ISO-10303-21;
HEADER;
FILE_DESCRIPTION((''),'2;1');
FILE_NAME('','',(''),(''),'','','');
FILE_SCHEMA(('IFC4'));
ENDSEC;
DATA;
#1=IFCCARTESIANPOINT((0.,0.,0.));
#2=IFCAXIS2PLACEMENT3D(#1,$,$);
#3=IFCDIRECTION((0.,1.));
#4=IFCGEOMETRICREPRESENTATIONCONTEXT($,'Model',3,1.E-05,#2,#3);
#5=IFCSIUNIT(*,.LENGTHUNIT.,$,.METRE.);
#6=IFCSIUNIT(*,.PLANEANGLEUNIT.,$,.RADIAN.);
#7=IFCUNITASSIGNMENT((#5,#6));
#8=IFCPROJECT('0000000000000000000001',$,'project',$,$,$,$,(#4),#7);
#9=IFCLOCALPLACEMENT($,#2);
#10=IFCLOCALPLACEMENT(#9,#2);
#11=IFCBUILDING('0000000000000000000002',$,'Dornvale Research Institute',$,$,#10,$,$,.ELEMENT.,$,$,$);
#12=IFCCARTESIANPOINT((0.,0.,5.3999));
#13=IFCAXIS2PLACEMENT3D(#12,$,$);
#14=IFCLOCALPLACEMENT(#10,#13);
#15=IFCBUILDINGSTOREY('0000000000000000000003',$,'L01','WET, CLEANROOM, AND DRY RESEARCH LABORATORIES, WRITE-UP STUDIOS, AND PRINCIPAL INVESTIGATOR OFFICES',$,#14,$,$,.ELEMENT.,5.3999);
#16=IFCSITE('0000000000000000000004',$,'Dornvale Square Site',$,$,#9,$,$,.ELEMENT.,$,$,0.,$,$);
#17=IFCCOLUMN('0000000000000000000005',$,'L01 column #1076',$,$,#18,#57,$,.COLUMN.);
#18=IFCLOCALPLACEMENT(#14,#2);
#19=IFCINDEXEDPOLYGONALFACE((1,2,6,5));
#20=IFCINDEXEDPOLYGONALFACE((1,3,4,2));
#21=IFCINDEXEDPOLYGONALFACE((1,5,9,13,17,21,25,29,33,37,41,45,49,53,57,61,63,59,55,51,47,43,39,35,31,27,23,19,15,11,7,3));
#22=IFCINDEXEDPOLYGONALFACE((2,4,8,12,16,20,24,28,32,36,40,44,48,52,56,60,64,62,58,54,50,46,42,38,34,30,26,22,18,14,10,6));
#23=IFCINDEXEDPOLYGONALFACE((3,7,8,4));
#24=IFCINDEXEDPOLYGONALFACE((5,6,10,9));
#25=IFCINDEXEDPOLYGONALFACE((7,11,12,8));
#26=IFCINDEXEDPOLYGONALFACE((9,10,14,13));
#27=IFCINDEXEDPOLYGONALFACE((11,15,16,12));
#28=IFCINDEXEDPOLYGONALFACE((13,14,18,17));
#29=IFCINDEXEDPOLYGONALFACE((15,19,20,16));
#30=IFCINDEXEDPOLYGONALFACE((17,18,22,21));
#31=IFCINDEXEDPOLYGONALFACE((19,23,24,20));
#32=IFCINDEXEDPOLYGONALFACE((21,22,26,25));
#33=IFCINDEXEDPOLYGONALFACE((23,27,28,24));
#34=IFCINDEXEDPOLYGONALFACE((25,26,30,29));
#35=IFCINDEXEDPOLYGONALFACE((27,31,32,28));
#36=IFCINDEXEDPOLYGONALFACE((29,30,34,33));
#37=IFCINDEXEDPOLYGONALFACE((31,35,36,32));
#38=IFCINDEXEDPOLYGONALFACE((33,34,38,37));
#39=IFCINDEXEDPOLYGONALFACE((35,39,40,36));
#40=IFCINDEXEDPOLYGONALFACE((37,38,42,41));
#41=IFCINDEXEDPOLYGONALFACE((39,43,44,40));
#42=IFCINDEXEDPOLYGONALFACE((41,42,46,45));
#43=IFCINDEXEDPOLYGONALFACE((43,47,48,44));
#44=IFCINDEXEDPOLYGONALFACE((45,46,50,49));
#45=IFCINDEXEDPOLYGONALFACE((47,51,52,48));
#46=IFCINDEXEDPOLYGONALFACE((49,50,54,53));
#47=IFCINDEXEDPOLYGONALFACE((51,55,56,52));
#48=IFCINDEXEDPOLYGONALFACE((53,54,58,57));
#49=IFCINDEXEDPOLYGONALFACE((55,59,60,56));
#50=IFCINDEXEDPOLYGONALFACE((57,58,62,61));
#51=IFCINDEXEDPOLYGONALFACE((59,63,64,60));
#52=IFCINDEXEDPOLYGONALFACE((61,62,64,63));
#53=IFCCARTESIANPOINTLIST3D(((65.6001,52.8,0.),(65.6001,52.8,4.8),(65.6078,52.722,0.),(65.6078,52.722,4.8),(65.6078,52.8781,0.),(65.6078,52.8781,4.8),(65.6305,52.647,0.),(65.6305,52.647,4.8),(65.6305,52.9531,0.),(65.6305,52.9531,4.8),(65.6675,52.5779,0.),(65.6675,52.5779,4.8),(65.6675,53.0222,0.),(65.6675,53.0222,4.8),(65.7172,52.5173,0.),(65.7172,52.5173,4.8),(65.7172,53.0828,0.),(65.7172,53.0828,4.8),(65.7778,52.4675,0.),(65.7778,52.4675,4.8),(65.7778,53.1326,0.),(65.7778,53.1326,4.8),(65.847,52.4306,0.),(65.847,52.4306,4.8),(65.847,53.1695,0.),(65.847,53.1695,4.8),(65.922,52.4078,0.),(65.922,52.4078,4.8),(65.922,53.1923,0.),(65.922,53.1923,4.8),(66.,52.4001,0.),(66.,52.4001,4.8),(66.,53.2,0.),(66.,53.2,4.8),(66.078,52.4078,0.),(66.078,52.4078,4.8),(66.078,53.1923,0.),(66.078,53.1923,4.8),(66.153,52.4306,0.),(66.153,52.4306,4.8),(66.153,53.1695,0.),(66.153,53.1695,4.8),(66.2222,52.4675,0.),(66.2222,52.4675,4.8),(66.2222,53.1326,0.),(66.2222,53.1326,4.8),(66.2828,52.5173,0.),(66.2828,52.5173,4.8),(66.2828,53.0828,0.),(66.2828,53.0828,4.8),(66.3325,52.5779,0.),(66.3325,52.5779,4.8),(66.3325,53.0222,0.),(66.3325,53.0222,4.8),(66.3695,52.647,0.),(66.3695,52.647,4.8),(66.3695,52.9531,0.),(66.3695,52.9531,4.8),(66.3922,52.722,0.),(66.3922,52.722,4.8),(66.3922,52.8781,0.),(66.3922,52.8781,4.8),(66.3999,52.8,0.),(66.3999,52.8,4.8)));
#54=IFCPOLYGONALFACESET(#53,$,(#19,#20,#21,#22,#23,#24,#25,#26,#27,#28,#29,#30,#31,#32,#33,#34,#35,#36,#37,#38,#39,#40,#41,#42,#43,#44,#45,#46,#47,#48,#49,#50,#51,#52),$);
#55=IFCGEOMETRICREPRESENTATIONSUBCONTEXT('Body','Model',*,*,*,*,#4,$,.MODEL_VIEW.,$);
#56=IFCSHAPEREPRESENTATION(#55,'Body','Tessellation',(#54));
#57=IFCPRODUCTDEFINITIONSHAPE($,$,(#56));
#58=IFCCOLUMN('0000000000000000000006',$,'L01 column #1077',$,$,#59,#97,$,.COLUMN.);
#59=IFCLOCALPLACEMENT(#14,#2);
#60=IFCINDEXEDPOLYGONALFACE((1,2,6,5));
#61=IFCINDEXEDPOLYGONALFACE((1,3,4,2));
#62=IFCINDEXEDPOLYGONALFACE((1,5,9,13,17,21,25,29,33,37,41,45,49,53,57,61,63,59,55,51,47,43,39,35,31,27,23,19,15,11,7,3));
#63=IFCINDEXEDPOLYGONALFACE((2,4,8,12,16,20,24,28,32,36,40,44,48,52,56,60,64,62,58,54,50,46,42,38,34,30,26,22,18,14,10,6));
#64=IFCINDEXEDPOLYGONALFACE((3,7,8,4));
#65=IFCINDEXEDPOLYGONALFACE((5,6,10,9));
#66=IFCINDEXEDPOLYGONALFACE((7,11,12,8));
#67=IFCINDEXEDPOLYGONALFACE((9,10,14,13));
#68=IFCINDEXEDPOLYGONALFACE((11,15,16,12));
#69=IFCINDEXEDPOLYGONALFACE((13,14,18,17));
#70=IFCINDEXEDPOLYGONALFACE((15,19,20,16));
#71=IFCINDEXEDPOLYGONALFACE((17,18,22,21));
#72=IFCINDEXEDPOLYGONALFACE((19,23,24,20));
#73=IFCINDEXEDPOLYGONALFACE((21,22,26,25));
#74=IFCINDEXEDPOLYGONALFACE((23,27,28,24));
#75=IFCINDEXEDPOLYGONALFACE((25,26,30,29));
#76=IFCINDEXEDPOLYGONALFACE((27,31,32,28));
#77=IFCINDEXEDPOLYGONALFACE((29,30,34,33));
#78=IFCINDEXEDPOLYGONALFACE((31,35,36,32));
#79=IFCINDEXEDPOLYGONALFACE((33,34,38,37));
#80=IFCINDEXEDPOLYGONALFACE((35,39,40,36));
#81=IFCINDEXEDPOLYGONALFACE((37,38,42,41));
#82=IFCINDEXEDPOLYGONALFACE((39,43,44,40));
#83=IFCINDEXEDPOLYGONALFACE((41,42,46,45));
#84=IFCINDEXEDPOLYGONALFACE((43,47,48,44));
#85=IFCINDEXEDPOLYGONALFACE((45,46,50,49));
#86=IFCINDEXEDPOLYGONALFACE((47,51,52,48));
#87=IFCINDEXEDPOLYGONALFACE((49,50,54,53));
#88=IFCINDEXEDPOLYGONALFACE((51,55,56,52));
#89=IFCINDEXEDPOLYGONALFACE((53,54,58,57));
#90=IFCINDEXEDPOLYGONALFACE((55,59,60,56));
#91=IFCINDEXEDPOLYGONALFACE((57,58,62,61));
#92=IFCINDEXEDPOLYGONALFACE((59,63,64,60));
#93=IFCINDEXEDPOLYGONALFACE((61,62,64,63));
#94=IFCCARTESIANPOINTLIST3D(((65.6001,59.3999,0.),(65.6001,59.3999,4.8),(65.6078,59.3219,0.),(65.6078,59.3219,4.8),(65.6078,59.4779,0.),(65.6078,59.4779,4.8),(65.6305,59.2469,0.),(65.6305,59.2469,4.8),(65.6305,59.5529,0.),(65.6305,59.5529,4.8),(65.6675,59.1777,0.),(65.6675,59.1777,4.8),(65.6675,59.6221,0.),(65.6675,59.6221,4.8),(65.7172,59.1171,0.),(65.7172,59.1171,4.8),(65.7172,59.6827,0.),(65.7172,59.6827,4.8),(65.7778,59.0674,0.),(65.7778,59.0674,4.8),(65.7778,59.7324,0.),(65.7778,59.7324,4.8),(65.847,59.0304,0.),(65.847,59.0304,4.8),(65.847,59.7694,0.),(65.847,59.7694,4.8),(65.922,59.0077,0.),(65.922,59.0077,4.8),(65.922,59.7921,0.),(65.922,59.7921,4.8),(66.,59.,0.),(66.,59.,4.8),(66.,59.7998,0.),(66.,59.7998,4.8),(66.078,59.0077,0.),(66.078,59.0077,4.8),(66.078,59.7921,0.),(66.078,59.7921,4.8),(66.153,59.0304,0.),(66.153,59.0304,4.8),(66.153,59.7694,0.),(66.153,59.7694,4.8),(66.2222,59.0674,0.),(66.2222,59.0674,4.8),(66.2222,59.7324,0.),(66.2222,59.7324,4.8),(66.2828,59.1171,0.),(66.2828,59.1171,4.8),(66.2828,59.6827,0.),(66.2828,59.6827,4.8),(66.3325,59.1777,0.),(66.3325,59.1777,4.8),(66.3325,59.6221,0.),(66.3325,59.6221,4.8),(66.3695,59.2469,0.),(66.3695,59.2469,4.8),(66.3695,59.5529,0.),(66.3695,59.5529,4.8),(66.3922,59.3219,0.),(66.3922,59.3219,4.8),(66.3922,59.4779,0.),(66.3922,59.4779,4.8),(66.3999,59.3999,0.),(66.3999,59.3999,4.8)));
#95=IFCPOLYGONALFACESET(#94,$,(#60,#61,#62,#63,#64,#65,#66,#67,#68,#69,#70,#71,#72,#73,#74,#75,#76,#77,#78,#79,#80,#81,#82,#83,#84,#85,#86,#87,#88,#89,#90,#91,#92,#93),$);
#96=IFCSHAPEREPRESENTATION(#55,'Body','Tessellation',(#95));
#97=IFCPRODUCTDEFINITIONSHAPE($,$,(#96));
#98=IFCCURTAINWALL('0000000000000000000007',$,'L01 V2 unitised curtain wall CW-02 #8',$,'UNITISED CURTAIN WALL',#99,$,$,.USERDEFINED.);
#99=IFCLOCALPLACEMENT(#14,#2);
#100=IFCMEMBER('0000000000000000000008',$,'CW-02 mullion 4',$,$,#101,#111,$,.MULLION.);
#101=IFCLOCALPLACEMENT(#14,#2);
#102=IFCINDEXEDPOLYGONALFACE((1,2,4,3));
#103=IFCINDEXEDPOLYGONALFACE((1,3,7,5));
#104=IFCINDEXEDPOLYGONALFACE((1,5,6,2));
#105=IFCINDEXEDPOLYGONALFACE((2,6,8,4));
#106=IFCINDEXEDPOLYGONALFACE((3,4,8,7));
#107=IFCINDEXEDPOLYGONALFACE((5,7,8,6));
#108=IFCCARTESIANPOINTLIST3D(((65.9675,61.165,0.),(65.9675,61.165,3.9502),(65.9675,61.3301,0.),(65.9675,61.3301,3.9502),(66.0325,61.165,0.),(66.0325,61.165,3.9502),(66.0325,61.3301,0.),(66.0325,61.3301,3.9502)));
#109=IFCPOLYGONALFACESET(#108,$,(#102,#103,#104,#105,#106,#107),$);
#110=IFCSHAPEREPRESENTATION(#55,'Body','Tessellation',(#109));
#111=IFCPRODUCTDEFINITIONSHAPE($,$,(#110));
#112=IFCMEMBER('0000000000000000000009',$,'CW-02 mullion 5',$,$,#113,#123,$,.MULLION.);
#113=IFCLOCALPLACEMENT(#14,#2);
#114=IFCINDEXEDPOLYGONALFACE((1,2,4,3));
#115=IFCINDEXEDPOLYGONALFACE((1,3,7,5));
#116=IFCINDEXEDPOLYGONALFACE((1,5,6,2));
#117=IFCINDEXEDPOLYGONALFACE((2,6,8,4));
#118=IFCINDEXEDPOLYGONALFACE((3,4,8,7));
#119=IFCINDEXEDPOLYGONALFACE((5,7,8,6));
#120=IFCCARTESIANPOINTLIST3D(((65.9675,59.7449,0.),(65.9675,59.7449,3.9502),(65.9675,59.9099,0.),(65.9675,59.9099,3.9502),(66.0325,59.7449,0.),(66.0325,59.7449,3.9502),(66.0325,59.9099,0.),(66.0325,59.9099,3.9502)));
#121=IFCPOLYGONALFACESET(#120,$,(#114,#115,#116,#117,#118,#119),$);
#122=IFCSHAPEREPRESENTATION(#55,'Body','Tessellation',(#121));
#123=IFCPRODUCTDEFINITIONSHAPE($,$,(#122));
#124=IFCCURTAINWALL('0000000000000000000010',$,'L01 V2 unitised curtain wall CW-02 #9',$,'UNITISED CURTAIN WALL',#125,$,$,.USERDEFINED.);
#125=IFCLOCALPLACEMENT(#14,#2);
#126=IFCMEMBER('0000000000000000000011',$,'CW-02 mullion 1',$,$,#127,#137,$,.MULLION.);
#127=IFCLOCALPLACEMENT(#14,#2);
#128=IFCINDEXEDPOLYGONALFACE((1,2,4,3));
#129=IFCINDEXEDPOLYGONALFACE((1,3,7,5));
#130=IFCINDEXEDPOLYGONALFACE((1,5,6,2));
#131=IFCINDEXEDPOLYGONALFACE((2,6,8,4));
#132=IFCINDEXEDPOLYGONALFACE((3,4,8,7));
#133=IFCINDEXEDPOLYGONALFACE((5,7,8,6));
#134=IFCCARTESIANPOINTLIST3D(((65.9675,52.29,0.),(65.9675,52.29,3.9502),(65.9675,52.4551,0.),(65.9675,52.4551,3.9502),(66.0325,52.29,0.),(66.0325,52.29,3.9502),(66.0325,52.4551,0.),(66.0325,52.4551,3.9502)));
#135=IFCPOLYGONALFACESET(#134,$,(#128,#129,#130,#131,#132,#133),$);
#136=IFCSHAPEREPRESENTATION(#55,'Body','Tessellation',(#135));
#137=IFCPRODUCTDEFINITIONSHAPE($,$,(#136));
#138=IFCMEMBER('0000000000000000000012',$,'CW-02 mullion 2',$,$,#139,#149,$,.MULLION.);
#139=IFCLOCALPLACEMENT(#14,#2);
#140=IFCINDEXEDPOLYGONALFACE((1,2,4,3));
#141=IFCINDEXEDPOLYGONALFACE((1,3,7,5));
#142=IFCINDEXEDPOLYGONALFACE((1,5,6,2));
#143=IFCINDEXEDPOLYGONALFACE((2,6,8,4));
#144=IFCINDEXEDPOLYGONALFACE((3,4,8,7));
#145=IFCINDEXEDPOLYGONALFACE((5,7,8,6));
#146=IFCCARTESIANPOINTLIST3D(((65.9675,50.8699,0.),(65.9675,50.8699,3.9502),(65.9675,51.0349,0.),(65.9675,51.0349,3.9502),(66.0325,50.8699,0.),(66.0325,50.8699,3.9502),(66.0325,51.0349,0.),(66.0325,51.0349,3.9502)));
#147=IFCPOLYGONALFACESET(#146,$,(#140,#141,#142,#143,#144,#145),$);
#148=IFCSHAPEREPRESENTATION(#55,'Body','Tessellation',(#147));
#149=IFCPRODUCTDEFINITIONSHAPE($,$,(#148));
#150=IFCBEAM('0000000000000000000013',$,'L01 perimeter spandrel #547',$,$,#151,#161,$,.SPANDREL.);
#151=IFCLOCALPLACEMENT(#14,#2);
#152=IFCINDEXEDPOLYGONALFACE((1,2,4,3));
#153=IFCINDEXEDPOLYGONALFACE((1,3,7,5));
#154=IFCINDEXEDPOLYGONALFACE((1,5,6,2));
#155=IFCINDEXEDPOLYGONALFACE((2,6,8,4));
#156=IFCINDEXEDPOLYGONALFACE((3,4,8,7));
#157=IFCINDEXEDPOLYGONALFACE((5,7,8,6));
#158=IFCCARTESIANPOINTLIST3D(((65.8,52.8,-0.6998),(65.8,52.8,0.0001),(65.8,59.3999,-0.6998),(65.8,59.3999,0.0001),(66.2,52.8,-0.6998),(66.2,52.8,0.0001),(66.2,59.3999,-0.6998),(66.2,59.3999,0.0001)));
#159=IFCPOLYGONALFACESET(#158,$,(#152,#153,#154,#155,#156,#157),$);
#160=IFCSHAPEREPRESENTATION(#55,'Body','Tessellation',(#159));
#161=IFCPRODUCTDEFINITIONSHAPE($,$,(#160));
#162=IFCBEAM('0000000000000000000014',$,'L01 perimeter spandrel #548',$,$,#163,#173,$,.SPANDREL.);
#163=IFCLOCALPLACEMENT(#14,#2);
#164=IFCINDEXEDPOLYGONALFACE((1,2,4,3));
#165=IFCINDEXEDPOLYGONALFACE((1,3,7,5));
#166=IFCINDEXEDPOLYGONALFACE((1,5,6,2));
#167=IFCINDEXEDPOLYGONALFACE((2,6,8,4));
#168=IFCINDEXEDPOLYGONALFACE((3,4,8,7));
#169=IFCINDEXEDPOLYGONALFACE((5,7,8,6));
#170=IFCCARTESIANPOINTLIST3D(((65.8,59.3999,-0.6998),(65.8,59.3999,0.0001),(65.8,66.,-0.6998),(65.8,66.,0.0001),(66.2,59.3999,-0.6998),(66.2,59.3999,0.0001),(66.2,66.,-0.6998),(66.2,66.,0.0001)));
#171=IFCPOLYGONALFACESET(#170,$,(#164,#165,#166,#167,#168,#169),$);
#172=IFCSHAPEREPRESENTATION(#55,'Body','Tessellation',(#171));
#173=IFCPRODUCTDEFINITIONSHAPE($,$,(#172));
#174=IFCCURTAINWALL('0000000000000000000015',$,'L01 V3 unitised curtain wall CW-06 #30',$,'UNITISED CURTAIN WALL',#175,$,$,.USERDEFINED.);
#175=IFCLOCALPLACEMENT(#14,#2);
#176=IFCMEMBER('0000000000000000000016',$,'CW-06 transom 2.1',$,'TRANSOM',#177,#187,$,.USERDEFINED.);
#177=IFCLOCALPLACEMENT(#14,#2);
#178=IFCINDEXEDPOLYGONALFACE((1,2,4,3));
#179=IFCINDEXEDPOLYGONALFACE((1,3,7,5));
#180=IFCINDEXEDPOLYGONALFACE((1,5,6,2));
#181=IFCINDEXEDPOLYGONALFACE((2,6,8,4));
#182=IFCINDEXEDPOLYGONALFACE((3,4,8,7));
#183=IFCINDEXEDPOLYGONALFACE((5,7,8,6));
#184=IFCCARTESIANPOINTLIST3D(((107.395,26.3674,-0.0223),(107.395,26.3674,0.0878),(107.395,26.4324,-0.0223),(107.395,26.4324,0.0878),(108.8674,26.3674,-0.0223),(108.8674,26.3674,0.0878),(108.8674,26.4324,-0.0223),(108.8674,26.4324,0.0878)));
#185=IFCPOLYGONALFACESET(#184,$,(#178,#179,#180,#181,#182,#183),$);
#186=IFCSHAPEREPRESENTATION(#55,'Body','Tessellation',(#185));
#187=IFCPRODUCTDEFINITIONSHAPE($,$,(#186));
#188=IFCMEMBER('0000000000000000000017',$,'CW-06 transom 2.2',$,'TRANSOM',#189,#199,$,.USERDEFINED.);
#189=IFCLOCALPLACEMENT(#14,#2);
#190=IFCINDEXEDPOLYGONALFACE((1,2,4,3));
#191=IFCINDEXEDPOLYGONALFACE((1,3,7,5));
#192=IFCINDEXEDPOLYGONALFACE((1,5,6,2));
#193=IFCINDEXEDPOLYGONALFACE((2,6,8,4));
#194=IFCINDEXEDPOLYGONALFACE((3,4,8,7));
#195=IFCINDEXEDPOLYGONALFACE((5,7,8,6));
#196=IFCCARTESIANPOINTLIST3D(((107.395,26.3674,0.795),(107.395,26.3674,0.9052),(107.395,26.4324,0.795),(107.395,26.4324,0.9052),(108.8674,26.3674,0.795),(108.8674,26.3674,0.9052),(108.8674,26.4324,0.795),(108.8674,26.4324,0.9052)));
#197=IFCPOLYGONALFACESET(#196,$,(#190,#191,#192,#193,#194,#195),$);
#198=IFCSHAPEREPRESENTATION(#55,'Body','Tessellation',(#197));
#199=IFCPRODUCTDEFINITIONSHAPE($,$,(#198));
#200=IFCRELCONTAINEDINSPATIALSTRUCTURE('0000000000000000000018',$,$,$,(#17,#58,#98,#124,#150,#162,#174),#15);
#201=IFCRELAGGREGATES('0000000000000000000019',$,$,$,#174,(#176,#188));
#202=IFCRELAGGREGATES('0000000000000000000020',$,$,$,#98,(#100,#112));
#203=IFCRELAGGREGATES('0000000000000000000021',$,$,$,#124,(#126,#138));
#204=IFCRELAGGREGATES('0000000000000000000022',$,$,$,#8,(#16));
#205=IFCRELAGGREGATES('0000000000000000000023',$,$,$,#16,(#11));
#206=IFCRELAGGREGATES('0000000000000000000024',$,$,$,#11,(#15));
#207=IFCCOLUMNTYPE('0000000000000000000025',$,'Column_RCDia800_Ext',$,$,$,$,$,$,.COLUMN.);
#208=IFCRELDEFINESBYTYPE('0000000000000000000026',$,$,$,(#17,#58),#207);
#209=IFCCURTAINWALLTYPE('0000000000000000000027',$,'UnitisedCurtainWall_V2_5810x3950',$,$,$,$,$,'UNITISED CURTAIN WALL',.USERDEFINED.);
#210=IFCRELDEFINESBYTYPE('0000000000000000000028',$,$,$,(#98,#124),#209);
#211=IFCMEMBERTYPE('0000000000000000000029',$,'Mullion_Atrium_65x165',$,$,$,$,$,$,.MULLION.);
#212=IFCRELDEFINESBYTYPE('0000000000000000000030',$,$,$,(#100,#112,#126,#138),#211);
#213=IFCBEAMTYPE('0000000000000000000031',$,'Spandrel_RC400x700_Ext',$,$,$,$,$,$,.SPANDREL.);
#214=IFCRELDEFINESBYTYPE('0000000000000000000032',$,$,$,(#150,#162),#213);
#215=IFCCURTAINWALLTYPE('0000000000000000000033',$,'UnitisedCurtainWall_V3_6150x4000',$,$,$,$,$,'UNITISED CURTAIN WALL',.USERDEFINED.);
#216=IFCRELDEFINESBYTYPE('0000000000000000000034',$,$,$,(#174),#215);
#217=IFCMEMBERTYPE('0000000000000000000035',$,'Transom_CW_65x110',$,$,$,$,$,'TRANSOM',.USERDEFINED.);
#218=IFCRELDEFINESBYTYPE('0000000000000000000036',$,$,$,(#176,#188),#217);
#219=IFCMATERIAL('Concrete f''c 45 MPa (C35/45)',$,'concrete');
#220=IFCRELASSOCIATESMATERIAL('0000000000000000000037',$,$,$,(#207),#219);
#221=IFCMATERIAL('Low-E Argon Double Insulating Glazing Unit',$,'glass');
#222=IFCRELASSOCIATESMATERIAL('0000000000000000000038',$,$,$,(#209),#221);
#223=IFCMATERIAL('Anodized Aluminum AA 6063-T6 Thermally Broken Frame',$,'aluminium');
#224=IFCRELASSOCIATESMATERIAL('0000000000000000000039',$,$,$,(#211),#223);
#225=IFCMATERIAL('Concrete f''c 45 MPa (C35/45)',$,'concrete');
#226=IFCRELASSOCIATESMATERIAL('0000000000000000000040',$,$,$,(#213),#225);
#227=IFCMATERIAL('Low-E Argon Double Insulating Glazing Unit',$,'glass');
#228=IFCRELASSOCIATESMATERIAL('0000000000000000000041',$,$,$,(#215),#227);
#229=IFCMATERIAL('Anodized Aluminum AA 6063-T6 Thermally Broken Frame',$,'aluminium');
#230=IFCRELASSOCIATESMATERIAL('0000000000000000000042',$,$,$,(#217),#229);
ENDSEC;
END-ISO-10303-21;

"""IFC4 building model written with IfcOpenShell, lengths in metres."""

from ifc_helpers import new_model, si_unit, direction, frame, origin, origin_2d, place, context, subcontext, project, spatial, rectangle, circle, extrude, material, material_profile, profile_set, type_object, element, aggregate, save


model = new_model("IFC4")

# Units and contexts
model_context = context("Model", 3, precision=1e-05, world=origin(), true_north=direction((0.0, 1.0)))
body_context = subcontext(model_context, "Body", "Model", "MODEL_VIEW")
ifc_project = project(units=[si_unit("LENGTHUNIT", "METRE"), si_unit("PLANEANGLEUNIT", "RADIAN")], contexts=[model_context])

# Site, building, storey
site_placement = place(None, origin())
site = spatial("IfcSite", under=ifc_project, at=site_placement, Name="Dornvale Square Site", CompositionType="ELEMENT", RefElevation=0.0)
building_placement = place(site_placement, origin())
building = spatial("IfcBuilding", under=site, at=building_placement, Name="Dornvale Research Institute", CompositionType="ELEMENT")
storey_placement = place(building_placement, frame((0.0, 0.0, 5.3999)))
storey = spatial("IfcBuildingStorey", under=building, at=storey_placement, Name="L01", Description="WET, CLEANROOM, AND DRY RESEARCH LABORATORIES, WRITE-UP STUDIOS, AND PRINCIPAL INVESTIGATOR OFFICES", CompositionType="ELEMENT", Elevation=5.3999)

# Columns
ifc_material_1 = material(Name="Concrete f'c 45 MPa (C35/45)", Category="concrete")
ifc_material_profile_1 = material_profile(ifc_material_1, circle(Radius=0.3999, at=origin_2d()), Name="RC DIA 800")
ifc_profile_set_1 = profile_set([ifc_material_profile_1], Name="Concrete f'c 45 MPa (C35/45)")
column_type = type_object("IfcColumnType", Name="Column_RCDia800_Ext", PredefinedType="COLUMN", material=ifc_profile_set_1)
for number, where, z_axis, x_axis, name in (
    (1, (66.0, 52.8, 0.0), (0.0, 0.0, 1.0), (1.0, 0.0, 0.0), "L01 column #1076"),
    (2, (66.0, 59.3999, 0.0), (0.0, 0.0, 1.0), (1.0, 0.0, 0.0), "L01 column #1077"),
):
    element("IfcColumn", number, at=place(storey_placement, frame(where, z_axis=z_axis, x_axis=x_axis)), inside=storey, type_object=column_type, Name=name, PredefinedType="COLUMN", context=body_context, shape_type="SweptSolid", body=[
        extrude(circle(Radius=0.3999, at=origin_2d()), origin(), (0.0, 0.0, 1.0), 4.8),
    ])

# Curtain walls, members
ifc_material_2 = material(Name="Low-E Argon Double Insulating Glazing Unit", Category="glass")
curtain_wall_type_1 = type_object("IfcCurtainWallType", Name="UnitisedCurtainWall_V2_5810x3950", ElementType="UNITISED CURTAIN WALL", PredefinedType="USERDEFINED", material=ifc_material_2)
curtain_wall_1_placement = place(storey_placement, origin())
curtain_wall_1 = element("IfcCurtainWall", 3, at=curtain_wall_1_placement, inside=storey, type_object=curtain_wall_type_1, Name="L01 V2 unitised curtain wall CW-02 #8", ObjectType="UNITISED CURTAIN WALL", PredefinedType="USERDEFINED")
ifc_material_3 = material(Name="Anodized Aluminum AA 6063-T6 Thermally Broken Frame", Category="aluminium")
ifc_material_profile_2 = material_profile(ifc_material_3, rectangle(XDim=0.0649, YDim=0.165, at=origin_2d()), Name="ALU MULLION 65x165")
ifc_profile_set_2 = profile_set([ifc_material_profile_2], Name="Anodized Aluminum AA 6063-T6 Thermally Broken Frame")
member_type_1 = type_object("IfcMemberType", Name="Mullion_Atrium_65x165", PredefinedType="MULLION", material=ifc_profile_set_2)
member_1_placement = place(storey_placement, frame((66.0, 61.2476, 0.0), z_axis=(0.0, 0.0, 1.0), x_axis=(1.0, 0.0, 0.0)))
member_1 = element("IfcMember", 4, at=member_1_placement, type_object=member_type_1, Name="CW-02 mullion 4", PredefinedType="MULLION", context=body_context, shape_type="SweptSolid", body=[
    extrude(rectangle(XDim=0.0649, YDim=0.165, at=origin_2d()), origin(), (0.0, 0.0, 1.0), 3.9502),
])
member_2_placement = place(storey_placement, frame((66.0, 59.8274, 0.0), z_axis=(0.0, 0.0, 1.0), x_axis=(1.0, 0.0, 0.0)))
member_2 = element("IfcMember", 5, at=member_2_placement, type_object=member_type_1, Name="CW-02 mullion 5", PredefinedType="MULLION", context=body_context, shape_type="SweptSolid", body=[
    extrude(rectangle(XDim=0.0649, YDim=0.165, at=origin_2d()), origin(), (0.0, 0.0, 1.0), 3.9502),
])
curtain_wall_2_placement = place(storey_placement, origin())
curtain_wall_2 = element("IfcCurtainWall", 6, at=curtain_wall_2_placement, inside=storey, type_object=curtain_wall_type_1, Name="L01 V2 unitised curtain wall CW-02 #9", ObjectType="UNITISED CURTAIN WALL", PredefinedType="USERDEFINED")
member_3_placement = place(storey_placement, frame((66.0, 52.3726, 0.0), z_axis=(0.0, 0.0, 1.0), x_axis=(1.0, 0.0, 0.0)))
member_3 = element("IfcMember", 7, at=member_3_placement, type_object=member_type_1, Name="CW-02 mullion 1", PredefinedType="MULLION", context=body_context, shape_type="SweptSolid", body=[
    extrude(rectangle(XDim=0.0649, YDim=0.165, at=origin_2d()), origin(), (0.0, 0.0, 1.0), 3.9502),
])
member_4_placement = place(storey_placement, frame((66.0, 50.9524, 0.0), z_axis=(0.0, 0.0, 1.0), x_axis=(1.0, 0.0, 0.0)))
member_4 = element("IfcMember", 8, at=member_4_placement, type_object=member_type_1, Name="CW-02 mullion 2", PredefinedType="MULLION", context=body_context, shape_type="SweptSolid", body=[
    extrude(rectangle(XDim=0.0649, YDim=0.165, at=origin_2d()), origin(), (0.0, 0.0, 1.0), 3.9502),
])

# Beams
ifc_material_4 = material(Name="Concrete f'c 45 MPa (C35/45)", Category="concrete")
ifc_material_profile_3 = material_profile(ifc_material_4, rectangle(XDim=0.3999, YDim=0.7, at=origin_2d()), Name="RC 400x700")
ifc_profile_set_3 = profile_set([ifc_material_profile_3], Name="Concrete f'c 45 MPa (C35/45)")
beam_type = type_object("IfcBeamType", Name="Spandrel_RC400x700_Ext", PredefinedType="SPANDREL", material=ifc_profile_set_3)
beam_1_placement = place(storey_placement, frame((66.0, 52.8, -0.3499), z_axis=(0.0, 1.0, 0.0), x_axis=(-1.0, 0.0, 0.0)))
element("IfcBeam", 9, at=beam_1_placement, inside=storey, type_object=beam_type, Name="L01 perimeter spandrel #547", PredefinedType="SPANDREL", context=body_context, shape_type="SweptSolid", body=[
    extrude(rectangle(XDim=0.3999, YDim=0.7, at=origin_2d()), origin(), (0.0, 0.0, 1.0), 6.5999),
])
beam_2_placement = place(storey_placement, frame((66.0, 59.3999, -0.3499), z_axis=(0.0, 1.0, 0.0), x_axis=(-1.0, 0.0, 0.0)))
element("IfcBeam", 10, at=beam_2_placement, inside=storey, type_object=beam_type, Name="L01 perimeter spandrel #548", PredefinedType="SPANDREL", context=body_context, shape_type="SweptSolid", body=[
    extrude(rectangle(XDim=0.3999, YDim=0.7, at=origin_2d()), origin(), (0.0, 0.0, 1.0), 6.6001),
])

# Curtain wall, members
ifc_material_5 = material(Name="Low-E Argon Double Insulating Glazing Unit", Category="glass")
curtain_wall_type_2 = type_object("IfcCurtainWallType", Name="UnitisedCurtainWall_V3_6150x4000", ElementType="UNITISED CURTAIN WALL", PredefinedType="USERDEFINED", material=ifc_material_5)
curtain_wall_3_placement = place(storey_placement, origin())
curtain_wall_3 = element("IfcCurtainWall", 11, at=curtain_wall_3_placement, inside=storey, type_object=curtain_wall_type_2, Name="L01 V3 unitised curtain wall CW-06 #30", ObjectType="UNITISED CURTAIN WALL", PredefinedType="USERDEFINED")
ifc_material_6 = material(Name="Anodized Aluminum AA 6063-T6 Thermally Broken Frame", Category="aluminium")
ifc_material_profile_4 = material_profile(ifc_material_6, rectangle(XDim=0.0649, YDim=0.1101, at=origin_2d()), Name="ALU TRANSOM 65x110")
ifc_profile_set_4 = profile_set([ifc_material_profile_4], Name="Anodized Aluminum AA 6063-T6 Thermally Broken Frame")
member_type_2 = type_object("IfcMemberType", Name="Transom_CW_65x110", ElementType="TRANSOM", PredefinedType="USERDEFINED", material=ifc_profile_set_4)
member_5_placement = place(storey_placement, frame((107.395, 26.3999, 0.0327), z_axis=(1.0, 0.0, 0.0), x_axis=(0.0, 1.0, 0.0)))
member_5 = element("IfcMember", 12, at=member_5_placement, type_object=member_type_2, Name="CW-06 transom 2.1", ObjectType="TRANSOM", PredefinedType="USERDEFINED", context=body_context, shape_type="SweptSolid", body=[
    extrude(rectangle(XDim=0.0649, YDim=0.1101, at=origin_2d()), origin(), (0.0, 0.0, 1.0), 1.4724),
])
member_6_placement = place(storey_placement, frame((107.395, 26.3999, 0.8501), z_axis=(1.0, 0.0, 0.0), x_axis=(0.0, 1.0, 0.0)))
member_6 = element("IfcMember", 13, at=member_6_placement, type_object=member_type_2, Name="CW-06 transom 2.2", ObjectType="TRANSOM", PredefinedType="USERDEFINED", context=body_context, shape_type="SweptSolid", body=[
    extrude(rectangle(XDim=0.0649, YDim=0.1101, at=origin_2d()), origin(), (0.0, 0.0, 1.0), 1.4724),
])
aggregate(curtain_wall_3, [member_5, member_6])

aggregate(curtain_wall_1, [member_1, member_2])
aggregate(curtain_wall_2, [member_3, member_4])

save(model, "model.ifc")
